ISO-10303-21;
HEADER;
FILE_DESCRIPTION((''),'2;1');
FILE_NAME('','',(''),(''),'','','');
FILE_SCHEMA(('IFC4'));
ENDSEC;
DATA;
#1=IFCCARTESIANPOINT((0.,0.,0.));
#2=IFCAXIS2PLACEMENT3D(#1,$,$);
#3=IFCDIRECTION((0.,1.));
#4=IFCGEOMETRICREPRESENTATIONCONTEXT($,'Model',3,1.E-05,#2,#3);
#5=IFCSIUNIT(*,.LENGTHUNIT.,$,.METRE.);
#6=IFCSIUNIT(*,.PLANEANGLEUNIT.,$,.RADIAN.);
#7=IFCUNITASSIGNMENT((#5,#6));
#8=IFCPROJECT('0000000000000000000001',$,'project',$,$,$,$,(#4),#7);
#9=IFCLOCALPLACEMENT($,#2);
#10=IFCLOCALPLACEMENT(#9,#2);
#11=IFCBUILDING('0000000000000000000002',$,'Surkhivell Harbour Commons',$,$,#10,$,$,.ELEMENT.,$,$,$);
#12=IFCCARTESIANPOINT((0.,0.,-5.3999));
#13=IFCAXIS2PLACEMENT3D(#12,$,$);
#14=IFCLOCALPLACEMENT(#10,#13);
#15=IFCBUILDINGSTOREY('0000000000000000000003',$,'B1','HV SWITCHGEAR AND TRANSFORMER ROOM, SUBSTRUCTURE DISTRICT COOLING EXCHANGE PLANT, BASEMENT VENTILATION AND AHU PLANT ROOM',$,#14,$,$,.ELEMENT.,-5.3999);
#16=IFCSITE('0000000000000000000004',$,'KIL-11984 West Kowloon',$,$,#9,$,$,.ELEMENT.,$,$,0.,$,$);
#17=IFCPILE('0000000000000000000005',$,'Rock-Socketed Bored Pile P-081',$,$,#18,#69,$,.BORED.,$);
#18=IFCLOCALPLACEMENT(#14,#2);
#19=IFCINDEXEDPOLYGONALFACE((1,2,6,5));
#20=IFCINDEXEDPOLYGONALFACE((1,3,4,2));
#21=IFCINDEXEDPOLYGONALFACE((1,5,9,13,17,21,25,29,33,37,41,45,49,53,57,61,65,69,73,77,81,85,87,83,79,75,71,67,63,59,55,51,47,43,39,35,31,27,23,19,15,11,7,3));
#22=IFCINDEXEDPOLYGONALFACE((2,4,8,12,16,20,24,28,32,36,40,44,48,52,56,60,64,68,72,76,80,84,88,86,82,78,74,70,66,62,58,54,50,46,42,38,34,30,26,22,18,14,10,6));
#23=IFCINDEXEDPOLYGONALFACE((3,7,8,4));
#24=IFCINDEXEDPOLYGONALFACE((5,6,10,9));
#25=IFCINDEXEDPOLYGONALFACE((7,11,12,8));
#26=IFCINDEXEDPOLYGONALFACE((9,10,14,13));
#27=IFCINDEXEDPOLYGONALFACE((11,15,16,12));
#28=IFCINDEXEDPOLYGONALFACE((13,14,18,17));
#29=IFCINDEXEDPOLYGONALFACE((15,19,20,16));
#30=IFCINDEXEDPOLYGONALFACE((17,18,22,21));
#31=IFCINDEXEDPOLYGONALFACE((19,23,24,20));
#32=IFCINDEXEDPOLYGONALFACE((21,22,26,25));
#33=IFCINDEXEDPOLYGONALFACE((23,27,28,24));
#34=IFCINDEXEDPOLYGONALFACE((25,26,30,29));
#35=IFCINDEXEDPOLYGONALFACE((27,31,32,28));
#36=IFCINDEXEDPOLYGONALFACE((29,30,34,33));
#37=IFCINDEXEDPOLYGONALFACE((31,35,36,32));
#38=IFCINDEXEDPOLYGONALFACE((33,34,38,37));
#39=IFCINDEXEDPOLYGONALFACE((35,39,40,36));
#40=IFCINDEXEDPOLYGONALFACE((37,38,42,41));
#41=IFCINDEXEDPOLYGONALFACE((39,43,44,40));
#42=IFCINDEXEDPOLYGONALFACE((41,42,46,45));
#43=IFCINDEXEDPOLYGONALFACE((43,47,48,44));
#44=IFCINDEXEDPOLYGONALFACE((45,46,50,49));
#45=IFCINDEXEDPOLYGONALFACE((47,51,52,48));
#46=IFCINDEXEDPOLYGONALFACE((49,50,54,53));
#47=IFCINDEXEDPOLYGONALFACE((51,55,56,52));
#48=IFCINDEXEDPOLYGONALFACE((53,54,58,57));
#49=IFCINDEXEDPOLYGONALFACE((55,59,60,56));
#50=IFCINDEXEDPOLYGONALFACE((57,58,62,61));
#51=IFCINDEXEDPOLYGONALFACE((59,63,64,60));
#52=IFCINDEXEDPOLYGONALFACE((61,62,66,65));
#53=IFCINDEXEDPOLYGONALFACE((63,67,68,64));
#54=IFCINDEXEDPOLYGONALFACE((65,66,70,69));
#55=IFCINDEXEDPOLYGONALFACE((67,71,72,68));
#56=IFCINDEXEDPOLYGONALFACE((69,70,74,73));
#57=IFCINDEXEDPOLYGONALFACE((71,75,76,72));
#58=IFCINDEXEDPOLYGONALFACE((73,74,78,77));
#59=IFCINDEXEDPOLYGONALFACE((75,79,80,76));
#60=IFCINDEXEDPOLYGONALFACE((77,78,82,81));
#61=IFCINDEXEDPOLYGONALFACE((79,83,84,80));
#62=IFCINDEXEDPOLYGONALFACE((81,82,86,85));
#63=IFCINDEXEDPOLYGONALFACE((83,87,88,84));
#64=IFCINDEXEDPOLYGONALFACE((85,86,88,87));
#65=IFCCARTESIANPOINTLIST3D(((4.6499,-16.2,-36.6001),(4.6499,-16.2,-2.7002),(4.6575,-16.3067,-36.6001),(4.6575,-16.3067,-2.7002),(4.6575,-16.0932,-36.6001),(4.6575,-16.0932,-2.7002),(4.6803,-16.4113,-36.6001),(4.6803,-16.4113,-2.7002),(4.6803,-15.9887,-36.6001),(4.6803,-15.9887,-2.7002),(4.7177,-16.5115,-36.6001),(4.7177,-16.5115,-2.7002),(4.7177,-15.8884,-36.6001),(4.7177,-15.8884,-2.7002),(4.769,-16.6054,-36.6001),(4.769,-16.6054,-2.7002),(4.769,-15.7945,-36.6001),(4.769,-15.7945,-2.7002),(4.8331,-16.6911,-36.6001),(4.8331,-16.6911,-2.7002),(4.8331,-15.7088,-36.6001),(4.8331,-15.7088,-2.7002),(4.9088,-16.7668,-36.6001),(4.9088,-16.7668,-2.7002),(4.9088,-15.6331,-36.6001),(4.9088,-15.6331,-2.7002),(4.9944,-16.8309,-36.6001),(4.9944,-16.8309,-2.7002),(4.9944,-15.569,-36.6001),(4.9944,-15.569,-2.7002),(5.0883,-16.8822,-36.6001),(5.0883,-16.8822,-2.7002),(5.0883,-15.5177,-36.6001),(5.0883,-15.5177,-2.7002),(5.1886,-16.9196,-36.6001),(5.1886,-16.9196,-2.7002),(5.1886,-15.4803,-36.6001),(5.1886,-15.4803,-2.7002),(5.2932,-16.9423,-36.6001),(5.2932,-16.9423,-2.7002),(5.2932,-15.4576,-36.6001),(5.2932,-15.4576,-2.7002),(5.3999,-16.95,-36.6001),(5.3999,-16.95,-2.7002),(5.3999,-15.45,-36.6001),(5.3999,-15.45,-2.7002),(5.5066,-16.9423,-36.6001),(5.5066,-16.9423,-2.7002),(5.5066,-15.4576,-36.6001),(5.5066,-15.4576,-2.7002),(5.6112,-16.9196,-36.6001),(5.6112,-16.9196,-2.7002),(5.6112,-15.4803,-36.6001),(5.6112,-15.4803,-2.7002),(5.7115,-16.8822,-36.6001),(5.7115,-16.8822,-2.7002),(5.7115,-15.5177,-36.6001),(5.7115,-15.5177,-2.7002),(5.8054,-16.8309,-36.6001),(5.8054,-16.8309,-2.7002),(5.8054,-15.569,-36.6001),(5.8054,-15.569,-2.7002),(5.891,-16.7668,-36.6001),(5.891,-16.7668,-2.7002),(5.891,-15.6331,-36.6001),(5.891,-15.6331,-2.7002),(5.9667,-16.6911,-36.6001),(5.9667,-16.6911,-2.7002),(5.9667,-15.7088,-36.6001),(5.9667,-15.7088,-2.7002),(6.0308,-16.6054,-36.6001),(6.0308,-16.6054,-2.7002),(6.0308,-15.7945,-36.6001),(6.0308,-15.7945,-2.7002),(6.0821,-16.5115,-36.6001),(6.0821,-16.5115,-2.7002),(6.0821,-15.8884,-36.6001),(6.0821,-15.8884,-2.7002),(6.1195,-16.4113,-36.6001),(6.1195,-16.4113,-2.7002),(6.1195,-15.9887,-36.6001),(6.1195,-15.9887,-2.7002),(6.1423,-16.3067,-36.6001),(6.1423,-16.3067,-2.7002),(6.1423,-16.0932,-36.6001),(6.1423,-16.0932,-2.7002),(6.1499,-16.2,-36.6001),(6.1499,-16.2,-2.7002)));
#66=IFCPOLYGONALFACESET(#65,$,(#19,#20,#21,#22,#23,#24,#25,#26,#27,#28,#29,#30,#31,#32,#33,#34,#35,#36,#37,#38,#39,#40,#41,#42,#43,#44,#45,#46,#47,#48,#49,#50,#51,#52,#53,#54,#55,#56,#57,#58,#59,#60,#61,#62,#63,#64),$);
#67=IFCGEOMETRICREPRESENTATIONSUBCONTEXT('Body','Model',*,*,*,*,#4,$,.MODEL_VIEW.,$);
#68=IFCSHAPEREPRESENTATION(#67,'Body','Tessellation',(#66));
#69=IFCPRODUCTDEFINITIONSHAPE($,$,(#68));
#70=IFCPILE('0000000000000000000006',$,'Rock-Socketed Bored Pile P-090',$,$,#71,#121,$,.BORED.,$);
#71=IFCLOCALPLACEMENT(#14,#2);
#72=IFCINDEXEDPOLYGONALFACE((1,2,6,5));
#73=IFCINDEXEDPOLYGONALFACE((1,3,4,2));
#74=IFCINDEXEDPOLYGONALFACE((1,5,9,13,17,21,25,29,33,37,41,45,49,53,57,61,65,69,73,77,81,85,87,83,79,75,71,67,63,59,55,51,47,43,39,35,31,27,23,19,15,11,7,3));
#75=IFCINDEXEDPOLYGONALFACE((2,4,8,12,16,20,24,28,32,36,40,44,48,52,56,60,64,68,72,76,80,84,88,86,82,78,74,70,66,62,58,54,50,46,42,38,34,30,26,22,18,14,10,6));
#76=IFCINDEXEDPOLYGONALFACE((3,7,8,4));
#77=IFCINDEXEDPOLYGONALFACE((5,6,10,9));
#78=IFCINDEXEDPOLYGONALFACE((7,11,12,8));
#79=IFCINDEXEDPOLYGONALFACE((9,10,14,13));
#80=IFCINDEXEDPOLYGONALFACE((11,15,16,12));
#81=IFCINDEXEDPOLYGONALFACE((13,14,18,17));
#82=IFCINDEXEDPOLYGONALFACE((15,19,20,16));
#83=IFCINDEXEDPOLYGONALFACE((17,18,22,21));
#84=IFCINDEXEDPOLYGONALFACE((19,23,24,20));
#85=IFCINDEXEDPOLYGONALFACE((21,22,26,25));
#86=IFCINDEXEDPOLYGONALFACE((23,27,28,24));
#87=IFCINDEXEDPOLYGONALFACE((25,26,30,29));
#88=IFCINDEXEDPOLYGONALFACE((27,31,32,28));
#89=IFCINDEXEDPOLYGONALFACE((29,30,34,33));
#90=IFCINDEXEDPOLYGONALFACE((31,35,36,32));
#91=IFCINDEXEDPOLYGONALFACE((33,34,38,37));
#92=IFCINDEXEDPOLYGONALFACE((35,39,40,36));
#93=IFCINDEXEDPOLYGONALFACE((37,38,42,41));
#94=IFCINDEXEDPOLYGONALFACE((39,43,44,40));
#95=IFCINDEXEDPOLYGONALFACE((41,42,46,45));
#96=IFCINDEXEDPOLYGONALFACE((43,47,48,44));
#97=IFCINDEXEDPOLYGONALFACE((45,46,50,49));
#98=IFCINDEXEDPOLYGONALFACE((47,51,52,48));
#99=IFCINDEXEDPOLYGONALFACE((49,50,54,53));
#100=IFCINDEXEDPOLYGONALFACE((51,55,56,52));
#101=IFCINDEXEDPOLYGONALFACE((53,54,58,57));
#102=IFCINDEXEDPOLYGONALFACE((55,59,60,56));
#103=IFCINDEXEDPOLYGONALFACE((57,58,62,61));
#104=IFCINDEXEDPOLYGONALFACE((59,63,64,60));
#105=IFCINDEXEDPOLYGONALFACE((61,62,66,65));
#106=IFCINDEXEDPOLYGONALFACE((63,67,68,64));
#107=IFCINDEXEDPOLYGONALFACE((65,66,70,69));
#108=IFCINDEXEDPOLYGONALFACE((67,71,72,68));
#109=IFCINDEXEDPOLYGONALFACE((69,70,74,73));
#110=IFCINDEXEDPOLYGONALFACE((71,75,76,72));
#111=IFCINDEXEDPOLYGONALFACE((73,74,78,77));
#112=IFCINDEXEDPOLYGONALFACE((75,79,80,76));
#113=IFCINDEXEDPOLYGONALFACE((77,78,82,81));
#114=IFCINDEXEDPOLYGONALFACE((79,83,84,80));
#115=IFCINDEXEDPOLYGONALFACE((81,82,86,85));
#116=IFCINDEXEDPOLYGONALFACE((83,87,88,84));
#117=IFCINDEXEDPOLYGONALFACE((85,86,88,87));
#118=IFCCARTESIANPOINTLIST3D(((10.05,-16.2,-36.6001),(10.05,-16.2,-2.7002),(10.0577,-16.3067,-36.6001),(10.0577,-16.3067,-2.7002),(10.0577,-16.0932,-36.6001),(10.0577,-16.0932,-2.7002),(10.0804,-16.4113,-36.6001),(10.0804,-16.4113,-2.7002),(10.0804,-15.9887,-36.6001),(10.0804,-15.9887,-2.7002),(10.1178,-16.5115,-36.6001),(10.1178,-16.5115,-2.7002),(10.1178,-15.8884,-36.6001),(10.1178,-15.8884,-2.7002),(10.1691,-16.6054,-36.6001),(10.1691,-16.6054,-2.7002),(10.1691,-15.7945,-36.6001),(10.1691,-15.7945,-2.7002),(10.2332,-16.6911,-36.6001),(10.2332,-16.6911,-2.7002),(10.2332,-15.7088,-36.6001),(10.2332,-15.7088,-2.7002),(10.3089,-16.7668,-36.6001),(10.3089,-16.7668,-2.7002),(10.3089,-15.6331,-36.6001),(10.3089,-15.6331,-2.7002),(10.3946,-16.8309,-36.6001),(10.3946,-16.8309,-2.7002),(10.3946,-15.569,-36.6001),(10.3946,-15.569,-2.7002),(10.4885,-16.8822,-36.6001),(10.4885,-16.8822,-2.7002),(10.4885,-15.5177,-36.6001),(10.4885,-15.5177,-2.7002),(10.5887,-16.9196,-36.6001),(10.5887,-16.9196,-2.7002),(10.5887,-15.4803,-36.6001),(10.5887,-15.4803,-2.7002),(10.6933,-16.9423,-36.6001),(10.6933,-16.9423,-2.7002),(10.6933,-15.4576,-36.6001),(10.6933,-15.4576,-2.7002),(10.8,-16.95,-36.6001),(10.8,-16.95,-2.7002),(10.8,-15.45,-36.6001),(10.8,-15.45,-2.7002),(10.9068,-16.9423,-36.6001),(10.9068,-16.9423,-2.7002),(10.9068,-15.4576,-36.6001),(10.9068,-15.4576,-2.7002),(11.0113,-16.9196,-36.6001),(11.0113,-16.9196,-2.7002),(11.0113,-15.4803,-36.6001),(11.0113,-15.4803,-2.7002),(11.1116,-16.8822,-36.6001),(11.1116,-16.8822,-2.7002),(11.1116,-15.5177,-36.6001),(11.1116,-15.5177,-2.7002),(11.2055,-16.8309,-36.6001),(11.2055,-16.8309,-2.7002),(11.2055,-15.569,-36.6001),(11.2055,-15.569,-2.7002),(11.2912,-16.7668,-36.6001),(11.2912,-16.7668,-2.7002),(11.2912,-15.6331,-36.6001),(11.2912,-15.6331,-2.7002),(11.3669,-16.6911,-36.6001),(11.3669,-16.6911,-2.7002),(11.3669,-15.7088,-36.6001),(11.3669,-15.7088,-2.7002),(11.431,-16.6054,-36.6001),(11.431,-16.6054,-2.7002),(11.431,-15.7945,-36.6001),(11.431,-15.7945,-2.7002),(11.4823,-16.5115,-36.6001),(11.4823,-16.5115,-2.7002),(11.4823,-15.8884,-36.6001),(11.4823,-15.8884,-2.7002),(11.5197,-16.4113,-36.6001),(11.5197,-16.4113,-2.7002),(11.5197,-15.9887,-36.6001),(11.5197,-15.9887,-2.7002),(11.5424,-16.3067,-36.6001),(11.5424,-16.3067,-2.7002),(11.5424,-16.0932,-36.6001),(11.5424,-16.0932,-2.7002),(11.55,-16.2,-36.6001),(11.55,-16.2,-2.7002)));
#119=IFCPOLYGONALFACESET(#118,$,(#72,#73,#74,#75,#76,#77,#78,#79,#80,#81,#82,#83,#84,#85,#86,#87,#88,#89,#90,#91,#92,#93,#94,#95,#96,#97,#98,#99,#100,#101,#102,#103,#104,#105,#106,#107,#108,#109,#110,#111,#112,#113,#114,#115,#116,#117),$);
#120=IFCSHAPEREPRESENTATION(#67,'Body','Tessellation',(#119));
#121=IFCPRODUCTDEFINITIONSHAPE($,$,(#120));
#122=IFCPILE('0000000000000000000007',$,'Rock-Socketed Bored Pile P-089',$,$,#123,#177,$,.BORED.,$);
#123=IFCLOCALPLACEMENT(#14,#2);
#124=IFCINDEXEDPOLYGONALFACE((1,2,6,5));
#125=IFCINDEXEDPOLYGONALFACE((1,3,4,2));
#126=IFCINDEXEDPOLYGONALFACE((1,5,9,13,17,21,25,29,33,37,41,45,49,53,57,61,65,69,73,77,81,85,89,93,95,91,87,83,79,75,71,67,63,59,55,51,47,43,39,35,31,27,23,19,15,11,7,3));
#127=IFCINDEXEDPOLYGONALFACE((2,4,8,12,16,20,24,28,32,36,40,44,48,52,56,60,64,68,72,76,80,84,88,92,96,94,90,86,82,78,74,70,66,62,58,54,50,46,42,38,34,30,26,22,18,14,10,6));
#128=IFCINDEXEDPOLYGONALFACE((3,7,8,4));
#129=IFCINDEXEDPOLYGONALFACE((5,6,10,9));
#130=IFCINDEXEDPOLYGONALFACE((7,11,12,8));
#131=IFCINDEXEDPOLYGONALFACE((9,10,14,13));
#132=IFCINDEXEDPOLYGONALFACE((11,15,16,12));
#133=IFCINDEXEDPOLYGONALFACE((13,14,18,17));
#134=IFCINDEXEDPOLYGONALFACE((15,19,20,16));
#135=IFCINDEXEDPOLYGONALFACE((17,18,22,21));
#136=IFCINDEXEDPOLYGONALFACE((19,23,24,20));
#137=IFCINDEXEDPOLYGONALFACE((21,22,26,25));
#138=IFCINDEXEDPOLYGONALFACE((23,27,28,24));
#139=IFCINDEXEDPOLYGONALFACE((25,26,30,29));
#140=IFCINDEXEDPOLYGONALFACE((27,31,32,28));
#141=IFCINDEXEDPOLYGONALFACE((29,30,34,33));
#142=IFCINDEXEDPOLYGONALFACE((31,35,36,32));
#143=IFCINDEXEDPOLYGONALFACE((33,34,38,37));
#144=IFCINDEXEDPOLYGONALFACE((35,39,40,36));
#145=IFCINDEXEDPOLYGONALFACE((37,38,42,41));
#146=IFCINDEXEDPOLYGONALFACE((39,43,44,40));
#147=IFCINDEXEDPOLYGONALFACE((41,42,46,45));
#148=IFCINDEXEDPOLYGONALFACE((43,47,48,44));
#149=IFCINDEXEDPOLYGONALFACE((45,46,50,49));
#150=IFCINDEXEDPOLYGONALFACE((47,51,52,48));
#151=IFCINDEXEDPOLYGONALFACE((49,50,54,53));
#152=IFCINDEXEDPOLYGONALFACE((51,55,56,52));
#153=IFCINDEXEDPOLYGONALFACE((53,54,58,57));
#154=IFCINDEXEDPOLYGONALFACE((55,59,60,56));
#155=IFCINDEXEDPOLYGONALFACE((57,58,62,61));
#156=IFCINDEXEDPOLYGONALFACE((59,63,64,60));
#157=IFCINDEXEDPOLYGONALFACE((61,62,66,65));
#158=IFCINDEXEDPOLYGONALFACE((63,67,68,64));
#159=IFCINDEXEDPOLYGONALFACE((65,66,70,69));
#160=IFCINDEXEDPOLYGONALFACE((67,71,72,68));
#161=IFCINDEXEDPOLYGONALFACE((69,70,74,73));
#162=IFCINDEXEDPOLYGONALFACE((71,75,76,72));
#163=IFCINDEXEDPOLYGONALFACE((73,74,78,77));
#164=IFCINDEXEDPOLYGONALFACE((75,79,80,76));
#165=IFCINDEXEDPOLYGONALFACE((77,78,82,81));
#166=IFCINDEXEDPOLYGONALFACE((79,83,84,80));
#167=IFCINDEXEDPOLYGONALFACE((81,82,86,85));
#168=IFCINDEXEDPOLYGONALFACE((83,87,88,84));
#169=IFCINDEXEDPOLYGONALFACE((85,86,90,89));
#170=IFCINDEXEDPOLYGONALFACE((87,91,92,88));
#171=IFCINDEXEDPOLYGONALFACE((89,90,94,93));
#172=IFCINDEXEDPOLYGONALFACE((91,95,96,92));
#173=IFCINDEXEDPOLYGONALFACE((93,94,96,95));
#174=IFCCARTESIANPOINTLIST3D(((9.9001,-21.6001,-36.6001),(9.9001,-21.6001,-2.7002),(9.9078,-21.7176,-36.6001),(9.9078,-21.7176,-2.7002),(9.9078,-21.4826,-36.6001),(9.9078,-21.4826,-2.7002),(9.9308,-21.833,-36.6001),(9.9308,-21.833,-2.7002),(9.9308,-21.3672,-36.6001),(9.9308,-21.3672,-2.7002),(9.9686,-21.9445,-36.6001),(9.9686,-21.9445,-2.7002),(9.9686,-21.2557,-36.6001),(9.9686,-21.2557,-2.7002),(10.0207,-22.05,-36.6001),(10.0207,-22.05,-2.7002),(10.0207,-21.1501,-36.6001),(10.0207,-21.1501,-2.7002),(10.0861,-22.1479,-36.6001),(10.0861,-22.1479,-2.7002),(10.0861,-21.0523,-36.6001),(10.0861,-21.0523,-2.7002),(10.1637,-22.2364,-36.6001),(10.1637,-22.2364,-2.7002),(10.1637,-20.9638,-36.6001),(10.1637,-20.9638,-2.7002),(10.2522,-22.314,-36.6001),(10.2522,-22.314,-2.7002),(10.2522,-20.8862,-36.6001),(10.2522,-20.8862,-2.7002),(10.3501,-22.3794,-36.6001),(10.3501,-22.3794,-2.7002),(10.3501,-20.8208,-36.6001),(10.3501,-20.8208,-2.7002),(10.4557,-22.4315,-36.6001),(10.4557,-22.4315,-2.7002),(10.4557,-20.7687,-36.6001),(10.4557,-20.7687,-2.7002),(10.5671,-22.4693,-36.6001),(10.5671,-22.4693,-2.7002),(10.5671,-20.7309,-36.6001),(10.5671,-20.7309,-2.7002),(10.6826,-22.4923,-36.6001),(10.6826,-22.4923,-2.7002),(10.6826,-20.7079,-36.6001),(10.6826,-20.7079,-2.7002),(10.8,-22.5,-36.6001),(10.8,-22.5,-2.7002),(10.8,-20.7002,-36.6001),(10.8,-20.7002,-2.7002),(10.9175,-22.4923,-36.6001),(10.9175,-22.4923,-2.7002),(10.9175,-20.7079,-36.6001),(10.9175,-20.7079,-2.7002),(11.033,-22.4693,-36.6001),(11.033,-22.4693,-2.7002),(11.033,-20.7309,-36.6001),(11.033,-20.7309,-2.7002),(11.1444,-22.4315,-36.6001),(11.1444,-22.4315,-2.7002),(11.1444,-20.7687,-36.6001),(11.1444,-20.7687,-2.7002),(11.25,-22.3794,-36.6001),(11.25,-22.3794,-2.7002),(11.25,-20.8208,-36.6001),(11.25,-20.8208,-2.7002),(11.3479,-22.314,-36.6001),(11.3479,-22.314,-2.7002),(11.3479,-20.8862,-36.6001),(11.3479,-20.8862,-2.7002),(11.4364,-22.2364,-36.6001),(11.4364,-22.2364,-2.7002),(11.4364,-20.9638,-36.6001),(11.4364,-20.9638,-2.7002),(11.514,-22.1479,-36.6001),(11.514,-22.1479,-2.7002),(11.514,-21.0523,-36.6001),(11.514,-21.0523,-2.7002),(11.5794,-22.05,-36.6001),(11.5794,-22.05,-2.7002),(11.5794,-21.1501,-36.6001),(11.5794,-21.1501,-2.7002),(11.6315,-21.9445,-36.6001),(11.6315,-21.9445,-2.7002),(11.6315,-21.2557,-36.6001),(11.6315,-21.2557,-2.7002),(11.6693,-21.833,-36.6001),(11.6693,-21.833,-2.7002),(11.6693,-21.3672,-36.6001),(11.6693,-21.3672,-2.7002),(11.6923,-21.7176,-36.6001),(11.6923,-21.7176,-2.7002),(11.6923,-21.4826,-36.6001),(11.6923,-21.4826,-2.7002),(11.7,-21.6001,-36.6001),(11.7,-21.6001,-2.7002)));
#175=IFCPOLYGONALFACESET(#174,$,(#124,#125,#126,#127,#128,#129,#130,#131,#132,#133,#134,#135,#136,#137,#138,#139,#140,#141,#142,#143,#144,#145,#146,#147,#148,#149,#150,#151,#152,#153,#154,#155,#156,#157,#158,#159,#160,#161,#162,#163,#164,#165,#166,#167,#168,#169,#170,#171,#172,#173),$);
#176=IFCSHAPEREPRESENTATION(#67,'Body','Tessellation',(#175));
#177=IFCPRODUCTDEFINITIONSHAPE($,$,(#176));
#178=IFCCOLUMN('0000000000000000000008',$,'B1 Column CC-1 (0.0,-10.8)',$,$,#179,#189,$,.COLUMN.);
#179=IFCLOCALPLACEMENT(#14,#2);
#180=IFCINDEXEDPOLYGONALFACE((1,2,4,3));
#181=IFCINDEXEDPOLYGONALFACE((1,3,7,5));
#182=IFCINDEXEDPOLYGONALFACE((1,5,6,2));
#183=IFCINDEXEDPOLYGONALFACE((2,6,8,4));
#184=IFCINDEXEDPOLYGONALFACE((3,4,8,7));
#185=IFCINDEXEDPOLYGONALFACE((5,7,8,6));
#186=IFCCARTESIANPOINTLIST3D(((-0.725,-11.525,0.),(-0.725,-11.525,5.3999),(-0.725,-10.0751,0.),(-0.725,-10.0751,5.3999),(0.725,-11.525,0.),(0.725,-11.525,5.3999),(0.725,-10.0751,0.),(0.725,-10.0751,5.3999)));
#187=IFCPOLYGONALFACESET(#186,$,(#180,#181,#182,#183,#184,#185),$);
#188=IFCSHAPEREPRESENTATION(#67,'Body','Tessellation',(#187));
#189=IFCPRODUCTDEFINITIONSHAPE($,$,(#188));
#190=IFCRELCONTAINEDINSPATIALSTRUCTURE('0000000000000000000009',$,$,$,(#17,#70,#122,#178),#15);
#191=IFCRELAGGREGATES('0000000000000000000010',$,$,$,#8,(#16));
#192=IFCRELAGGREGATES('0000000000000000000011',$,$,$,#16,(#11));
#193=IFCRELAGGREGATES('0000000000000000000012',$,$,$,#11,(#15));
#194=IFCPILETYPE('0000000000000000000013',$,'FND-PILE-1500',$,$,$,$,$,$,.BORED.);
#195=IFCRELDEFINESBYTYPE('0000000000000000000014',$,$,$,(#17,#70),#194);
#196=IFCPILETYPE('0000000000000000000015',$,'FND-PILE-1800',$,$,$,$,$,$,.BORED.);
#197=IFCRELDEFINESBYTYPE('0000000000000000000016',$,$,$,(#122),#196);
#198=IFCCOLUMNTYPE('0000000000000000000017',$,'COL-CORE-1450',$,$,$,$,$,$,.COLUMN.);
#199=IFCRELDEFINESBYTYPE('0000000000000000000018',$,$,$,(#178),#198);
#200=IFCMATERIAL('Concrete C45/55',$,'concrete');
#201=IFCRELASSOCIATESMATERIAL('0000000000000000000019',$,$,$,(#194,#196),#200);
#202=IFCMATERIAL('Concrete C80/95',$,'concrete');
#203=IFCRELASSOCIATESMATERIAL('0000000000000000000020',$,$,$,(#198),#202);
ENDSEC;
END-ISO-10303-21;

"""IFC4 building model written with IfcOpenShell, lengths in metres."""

from ifc_helpers import new_model, si_unit, direction, frame, origin, origin_2d, place, context, subcontext, project, spatial, rectangle, circle, extrude, material, material_profile, profile_set, type_object, element, save


model = new_model("IFC4")

# Units and contexts
model_context = context("Model", 3, precision=1e-05, world=origin(), true_north=direction((0.0, 1.0)))
body_context = subcontext(model_context, "Body", "Model", "MODEL_VIEW")
ifc_project = project(units=[si_unit("LENGTHUNIT", "METRE"), si_unit("PLANEANGLEUNIT", "RADIAN")], contexts=[model_context])

# Site, building, storey
site_placement = place(None, origin())
site = spatial("IfcSite", under=ifc_project, at=site_placement, Name="KIL-11984 West Kowloon", CompositionType="ELEMENT", RefElevation=0.0)
building_placement = place(site_placement, origin())
building = spatial("IfcBuilding", under=site, at=building_placement, Name="Surkhivell Harbour Commons", CompositionType="ELEMENT")
storey_placement = place(building_placement, frame((0.0, 0.0, -5.3999)))
storey = spatial("IfcBuildingStorey", under=building, at=storey_placement, Name="B1", Description="HV SWITCHGEAR AND TRANSFORMER ROOM, SUBSTRUCTURE DISTRICT COOLING EXCHANGE PLANT, BASEMENT VENTILATION AND AHU PLANT ROOM", CompositionType="ELEMENT", Elevation=-5.3999)

# Piles
ifc_material_1 = material(Name="Concrete C45/55", Category="concrete")
ifc_material_profile_1 = material_profile(ifc_material_1, circle(Radius=0.75, at=origin_2d()), Name="PILE-1500")
ifc_profile_set_1 = profile_set([ifc_material_profile_1], Name="Concrete C45/55")
pile_type_1 = type_object("IfcPileType", Name="FND-PILE-1500", PredefinedType="BORED", material=ifc_profile_set_1)
for number, where, z_axis, x_axis, name in (
    (1, (5.3999, -16.2, -2.7002), (0.0, 0.0, -1.0), (1.0, 0.0, 0.0), "Rock-Socketed Bored Pile P-081"),
    (2, (10.8, -16.2, -2.7002), (0.0, 0.0, -1.0), (1.0, 0.0, 0.0), "Rock-Socketed Bored Pile P-090"),
):
    element("IfcPile", number, at=place(storey_placement, frame(where, z_axis=z_axis, x_axis=x_axis)), inside=storey, type_object=pile_type_1, Name=name, PredefinedType="BORED", context=body_context, shape_type="SweptSolid", body=[
        extrude(circle(Radius=0.75, at=origin_2d()), origin(), (0.0, 0.0, 1.0), 33.8999),
    ])
ifc_material_profile_2 = material_profile(ifc_material_1, circle(Radius=0.8999, at=origin_2d()), Name="PILE-1800")
ifc_profile_set_2 = profile_set([ifc_material_profile_2], Name="Concrete C45/55")
pile_type_2 = type_object("IfcPileType", Name="FND-PILE-1800", PredefinedType="BORED", material=ifc_profile_set_2)
pile_placement = place(storey_placement, frame((10.8, -21.6001, -2.7002), z_axis=(0.0, 0.0, -1.0), x_axis=(1.0, 0.0, 0.0)))
element("IfcPile", 3, at=pile_placement, inside=storey, type_object=pile_type_2, Name="Rock-Socketed Bored Pile P-089", PredefinedType="BORED", context=body_context, shape_type="SweptSolid", body=[
    extrude(circle(Radius=0.8999, at=origin_2d()), origin(), (0.0, 0.0, 1.0), 33.8999),
])

# Column
ifc_material_2 = material(Name="Concrete C80/95", Category="concrete")
ifc_material_profile_3 = material_profile(ifc_material_2, rectangle(XDim=1.45, YDim=1.45, at=origin_2d()), Name="RC-COL-1450x1450")
ifc_profile_set_3 = profile_set([ifc_material_profile_3], Name="Concrete C80/95")
column_type_1 = type_object("IfcColumnType", Name="COL-CORE-1450", PredefinedType="COLUMN", material=ifc_profile_set_3)
column_placement = place(storey_placement, frame((0.0, -10.8, 0.0), z_axis=(0.0, 0.0, 1.0), x_axis=(1.0, 0.0, 0.0)))
element("IfcColumn", 4, at=column_placement, inside=storey, type_object=column_type_1, Name="B1 Column CC-1 (0.0,-10.8)", PredefinedType="COLUMN", context=body_context, shape_type="SweptSolid", body=[
    extrude(rectangle(XDim=1.45, YDim=1.45, at=origin_2d()), origin(), (0.0, 0.0, 1.0), 5.3999),
])

save(model, "model.ifc")
